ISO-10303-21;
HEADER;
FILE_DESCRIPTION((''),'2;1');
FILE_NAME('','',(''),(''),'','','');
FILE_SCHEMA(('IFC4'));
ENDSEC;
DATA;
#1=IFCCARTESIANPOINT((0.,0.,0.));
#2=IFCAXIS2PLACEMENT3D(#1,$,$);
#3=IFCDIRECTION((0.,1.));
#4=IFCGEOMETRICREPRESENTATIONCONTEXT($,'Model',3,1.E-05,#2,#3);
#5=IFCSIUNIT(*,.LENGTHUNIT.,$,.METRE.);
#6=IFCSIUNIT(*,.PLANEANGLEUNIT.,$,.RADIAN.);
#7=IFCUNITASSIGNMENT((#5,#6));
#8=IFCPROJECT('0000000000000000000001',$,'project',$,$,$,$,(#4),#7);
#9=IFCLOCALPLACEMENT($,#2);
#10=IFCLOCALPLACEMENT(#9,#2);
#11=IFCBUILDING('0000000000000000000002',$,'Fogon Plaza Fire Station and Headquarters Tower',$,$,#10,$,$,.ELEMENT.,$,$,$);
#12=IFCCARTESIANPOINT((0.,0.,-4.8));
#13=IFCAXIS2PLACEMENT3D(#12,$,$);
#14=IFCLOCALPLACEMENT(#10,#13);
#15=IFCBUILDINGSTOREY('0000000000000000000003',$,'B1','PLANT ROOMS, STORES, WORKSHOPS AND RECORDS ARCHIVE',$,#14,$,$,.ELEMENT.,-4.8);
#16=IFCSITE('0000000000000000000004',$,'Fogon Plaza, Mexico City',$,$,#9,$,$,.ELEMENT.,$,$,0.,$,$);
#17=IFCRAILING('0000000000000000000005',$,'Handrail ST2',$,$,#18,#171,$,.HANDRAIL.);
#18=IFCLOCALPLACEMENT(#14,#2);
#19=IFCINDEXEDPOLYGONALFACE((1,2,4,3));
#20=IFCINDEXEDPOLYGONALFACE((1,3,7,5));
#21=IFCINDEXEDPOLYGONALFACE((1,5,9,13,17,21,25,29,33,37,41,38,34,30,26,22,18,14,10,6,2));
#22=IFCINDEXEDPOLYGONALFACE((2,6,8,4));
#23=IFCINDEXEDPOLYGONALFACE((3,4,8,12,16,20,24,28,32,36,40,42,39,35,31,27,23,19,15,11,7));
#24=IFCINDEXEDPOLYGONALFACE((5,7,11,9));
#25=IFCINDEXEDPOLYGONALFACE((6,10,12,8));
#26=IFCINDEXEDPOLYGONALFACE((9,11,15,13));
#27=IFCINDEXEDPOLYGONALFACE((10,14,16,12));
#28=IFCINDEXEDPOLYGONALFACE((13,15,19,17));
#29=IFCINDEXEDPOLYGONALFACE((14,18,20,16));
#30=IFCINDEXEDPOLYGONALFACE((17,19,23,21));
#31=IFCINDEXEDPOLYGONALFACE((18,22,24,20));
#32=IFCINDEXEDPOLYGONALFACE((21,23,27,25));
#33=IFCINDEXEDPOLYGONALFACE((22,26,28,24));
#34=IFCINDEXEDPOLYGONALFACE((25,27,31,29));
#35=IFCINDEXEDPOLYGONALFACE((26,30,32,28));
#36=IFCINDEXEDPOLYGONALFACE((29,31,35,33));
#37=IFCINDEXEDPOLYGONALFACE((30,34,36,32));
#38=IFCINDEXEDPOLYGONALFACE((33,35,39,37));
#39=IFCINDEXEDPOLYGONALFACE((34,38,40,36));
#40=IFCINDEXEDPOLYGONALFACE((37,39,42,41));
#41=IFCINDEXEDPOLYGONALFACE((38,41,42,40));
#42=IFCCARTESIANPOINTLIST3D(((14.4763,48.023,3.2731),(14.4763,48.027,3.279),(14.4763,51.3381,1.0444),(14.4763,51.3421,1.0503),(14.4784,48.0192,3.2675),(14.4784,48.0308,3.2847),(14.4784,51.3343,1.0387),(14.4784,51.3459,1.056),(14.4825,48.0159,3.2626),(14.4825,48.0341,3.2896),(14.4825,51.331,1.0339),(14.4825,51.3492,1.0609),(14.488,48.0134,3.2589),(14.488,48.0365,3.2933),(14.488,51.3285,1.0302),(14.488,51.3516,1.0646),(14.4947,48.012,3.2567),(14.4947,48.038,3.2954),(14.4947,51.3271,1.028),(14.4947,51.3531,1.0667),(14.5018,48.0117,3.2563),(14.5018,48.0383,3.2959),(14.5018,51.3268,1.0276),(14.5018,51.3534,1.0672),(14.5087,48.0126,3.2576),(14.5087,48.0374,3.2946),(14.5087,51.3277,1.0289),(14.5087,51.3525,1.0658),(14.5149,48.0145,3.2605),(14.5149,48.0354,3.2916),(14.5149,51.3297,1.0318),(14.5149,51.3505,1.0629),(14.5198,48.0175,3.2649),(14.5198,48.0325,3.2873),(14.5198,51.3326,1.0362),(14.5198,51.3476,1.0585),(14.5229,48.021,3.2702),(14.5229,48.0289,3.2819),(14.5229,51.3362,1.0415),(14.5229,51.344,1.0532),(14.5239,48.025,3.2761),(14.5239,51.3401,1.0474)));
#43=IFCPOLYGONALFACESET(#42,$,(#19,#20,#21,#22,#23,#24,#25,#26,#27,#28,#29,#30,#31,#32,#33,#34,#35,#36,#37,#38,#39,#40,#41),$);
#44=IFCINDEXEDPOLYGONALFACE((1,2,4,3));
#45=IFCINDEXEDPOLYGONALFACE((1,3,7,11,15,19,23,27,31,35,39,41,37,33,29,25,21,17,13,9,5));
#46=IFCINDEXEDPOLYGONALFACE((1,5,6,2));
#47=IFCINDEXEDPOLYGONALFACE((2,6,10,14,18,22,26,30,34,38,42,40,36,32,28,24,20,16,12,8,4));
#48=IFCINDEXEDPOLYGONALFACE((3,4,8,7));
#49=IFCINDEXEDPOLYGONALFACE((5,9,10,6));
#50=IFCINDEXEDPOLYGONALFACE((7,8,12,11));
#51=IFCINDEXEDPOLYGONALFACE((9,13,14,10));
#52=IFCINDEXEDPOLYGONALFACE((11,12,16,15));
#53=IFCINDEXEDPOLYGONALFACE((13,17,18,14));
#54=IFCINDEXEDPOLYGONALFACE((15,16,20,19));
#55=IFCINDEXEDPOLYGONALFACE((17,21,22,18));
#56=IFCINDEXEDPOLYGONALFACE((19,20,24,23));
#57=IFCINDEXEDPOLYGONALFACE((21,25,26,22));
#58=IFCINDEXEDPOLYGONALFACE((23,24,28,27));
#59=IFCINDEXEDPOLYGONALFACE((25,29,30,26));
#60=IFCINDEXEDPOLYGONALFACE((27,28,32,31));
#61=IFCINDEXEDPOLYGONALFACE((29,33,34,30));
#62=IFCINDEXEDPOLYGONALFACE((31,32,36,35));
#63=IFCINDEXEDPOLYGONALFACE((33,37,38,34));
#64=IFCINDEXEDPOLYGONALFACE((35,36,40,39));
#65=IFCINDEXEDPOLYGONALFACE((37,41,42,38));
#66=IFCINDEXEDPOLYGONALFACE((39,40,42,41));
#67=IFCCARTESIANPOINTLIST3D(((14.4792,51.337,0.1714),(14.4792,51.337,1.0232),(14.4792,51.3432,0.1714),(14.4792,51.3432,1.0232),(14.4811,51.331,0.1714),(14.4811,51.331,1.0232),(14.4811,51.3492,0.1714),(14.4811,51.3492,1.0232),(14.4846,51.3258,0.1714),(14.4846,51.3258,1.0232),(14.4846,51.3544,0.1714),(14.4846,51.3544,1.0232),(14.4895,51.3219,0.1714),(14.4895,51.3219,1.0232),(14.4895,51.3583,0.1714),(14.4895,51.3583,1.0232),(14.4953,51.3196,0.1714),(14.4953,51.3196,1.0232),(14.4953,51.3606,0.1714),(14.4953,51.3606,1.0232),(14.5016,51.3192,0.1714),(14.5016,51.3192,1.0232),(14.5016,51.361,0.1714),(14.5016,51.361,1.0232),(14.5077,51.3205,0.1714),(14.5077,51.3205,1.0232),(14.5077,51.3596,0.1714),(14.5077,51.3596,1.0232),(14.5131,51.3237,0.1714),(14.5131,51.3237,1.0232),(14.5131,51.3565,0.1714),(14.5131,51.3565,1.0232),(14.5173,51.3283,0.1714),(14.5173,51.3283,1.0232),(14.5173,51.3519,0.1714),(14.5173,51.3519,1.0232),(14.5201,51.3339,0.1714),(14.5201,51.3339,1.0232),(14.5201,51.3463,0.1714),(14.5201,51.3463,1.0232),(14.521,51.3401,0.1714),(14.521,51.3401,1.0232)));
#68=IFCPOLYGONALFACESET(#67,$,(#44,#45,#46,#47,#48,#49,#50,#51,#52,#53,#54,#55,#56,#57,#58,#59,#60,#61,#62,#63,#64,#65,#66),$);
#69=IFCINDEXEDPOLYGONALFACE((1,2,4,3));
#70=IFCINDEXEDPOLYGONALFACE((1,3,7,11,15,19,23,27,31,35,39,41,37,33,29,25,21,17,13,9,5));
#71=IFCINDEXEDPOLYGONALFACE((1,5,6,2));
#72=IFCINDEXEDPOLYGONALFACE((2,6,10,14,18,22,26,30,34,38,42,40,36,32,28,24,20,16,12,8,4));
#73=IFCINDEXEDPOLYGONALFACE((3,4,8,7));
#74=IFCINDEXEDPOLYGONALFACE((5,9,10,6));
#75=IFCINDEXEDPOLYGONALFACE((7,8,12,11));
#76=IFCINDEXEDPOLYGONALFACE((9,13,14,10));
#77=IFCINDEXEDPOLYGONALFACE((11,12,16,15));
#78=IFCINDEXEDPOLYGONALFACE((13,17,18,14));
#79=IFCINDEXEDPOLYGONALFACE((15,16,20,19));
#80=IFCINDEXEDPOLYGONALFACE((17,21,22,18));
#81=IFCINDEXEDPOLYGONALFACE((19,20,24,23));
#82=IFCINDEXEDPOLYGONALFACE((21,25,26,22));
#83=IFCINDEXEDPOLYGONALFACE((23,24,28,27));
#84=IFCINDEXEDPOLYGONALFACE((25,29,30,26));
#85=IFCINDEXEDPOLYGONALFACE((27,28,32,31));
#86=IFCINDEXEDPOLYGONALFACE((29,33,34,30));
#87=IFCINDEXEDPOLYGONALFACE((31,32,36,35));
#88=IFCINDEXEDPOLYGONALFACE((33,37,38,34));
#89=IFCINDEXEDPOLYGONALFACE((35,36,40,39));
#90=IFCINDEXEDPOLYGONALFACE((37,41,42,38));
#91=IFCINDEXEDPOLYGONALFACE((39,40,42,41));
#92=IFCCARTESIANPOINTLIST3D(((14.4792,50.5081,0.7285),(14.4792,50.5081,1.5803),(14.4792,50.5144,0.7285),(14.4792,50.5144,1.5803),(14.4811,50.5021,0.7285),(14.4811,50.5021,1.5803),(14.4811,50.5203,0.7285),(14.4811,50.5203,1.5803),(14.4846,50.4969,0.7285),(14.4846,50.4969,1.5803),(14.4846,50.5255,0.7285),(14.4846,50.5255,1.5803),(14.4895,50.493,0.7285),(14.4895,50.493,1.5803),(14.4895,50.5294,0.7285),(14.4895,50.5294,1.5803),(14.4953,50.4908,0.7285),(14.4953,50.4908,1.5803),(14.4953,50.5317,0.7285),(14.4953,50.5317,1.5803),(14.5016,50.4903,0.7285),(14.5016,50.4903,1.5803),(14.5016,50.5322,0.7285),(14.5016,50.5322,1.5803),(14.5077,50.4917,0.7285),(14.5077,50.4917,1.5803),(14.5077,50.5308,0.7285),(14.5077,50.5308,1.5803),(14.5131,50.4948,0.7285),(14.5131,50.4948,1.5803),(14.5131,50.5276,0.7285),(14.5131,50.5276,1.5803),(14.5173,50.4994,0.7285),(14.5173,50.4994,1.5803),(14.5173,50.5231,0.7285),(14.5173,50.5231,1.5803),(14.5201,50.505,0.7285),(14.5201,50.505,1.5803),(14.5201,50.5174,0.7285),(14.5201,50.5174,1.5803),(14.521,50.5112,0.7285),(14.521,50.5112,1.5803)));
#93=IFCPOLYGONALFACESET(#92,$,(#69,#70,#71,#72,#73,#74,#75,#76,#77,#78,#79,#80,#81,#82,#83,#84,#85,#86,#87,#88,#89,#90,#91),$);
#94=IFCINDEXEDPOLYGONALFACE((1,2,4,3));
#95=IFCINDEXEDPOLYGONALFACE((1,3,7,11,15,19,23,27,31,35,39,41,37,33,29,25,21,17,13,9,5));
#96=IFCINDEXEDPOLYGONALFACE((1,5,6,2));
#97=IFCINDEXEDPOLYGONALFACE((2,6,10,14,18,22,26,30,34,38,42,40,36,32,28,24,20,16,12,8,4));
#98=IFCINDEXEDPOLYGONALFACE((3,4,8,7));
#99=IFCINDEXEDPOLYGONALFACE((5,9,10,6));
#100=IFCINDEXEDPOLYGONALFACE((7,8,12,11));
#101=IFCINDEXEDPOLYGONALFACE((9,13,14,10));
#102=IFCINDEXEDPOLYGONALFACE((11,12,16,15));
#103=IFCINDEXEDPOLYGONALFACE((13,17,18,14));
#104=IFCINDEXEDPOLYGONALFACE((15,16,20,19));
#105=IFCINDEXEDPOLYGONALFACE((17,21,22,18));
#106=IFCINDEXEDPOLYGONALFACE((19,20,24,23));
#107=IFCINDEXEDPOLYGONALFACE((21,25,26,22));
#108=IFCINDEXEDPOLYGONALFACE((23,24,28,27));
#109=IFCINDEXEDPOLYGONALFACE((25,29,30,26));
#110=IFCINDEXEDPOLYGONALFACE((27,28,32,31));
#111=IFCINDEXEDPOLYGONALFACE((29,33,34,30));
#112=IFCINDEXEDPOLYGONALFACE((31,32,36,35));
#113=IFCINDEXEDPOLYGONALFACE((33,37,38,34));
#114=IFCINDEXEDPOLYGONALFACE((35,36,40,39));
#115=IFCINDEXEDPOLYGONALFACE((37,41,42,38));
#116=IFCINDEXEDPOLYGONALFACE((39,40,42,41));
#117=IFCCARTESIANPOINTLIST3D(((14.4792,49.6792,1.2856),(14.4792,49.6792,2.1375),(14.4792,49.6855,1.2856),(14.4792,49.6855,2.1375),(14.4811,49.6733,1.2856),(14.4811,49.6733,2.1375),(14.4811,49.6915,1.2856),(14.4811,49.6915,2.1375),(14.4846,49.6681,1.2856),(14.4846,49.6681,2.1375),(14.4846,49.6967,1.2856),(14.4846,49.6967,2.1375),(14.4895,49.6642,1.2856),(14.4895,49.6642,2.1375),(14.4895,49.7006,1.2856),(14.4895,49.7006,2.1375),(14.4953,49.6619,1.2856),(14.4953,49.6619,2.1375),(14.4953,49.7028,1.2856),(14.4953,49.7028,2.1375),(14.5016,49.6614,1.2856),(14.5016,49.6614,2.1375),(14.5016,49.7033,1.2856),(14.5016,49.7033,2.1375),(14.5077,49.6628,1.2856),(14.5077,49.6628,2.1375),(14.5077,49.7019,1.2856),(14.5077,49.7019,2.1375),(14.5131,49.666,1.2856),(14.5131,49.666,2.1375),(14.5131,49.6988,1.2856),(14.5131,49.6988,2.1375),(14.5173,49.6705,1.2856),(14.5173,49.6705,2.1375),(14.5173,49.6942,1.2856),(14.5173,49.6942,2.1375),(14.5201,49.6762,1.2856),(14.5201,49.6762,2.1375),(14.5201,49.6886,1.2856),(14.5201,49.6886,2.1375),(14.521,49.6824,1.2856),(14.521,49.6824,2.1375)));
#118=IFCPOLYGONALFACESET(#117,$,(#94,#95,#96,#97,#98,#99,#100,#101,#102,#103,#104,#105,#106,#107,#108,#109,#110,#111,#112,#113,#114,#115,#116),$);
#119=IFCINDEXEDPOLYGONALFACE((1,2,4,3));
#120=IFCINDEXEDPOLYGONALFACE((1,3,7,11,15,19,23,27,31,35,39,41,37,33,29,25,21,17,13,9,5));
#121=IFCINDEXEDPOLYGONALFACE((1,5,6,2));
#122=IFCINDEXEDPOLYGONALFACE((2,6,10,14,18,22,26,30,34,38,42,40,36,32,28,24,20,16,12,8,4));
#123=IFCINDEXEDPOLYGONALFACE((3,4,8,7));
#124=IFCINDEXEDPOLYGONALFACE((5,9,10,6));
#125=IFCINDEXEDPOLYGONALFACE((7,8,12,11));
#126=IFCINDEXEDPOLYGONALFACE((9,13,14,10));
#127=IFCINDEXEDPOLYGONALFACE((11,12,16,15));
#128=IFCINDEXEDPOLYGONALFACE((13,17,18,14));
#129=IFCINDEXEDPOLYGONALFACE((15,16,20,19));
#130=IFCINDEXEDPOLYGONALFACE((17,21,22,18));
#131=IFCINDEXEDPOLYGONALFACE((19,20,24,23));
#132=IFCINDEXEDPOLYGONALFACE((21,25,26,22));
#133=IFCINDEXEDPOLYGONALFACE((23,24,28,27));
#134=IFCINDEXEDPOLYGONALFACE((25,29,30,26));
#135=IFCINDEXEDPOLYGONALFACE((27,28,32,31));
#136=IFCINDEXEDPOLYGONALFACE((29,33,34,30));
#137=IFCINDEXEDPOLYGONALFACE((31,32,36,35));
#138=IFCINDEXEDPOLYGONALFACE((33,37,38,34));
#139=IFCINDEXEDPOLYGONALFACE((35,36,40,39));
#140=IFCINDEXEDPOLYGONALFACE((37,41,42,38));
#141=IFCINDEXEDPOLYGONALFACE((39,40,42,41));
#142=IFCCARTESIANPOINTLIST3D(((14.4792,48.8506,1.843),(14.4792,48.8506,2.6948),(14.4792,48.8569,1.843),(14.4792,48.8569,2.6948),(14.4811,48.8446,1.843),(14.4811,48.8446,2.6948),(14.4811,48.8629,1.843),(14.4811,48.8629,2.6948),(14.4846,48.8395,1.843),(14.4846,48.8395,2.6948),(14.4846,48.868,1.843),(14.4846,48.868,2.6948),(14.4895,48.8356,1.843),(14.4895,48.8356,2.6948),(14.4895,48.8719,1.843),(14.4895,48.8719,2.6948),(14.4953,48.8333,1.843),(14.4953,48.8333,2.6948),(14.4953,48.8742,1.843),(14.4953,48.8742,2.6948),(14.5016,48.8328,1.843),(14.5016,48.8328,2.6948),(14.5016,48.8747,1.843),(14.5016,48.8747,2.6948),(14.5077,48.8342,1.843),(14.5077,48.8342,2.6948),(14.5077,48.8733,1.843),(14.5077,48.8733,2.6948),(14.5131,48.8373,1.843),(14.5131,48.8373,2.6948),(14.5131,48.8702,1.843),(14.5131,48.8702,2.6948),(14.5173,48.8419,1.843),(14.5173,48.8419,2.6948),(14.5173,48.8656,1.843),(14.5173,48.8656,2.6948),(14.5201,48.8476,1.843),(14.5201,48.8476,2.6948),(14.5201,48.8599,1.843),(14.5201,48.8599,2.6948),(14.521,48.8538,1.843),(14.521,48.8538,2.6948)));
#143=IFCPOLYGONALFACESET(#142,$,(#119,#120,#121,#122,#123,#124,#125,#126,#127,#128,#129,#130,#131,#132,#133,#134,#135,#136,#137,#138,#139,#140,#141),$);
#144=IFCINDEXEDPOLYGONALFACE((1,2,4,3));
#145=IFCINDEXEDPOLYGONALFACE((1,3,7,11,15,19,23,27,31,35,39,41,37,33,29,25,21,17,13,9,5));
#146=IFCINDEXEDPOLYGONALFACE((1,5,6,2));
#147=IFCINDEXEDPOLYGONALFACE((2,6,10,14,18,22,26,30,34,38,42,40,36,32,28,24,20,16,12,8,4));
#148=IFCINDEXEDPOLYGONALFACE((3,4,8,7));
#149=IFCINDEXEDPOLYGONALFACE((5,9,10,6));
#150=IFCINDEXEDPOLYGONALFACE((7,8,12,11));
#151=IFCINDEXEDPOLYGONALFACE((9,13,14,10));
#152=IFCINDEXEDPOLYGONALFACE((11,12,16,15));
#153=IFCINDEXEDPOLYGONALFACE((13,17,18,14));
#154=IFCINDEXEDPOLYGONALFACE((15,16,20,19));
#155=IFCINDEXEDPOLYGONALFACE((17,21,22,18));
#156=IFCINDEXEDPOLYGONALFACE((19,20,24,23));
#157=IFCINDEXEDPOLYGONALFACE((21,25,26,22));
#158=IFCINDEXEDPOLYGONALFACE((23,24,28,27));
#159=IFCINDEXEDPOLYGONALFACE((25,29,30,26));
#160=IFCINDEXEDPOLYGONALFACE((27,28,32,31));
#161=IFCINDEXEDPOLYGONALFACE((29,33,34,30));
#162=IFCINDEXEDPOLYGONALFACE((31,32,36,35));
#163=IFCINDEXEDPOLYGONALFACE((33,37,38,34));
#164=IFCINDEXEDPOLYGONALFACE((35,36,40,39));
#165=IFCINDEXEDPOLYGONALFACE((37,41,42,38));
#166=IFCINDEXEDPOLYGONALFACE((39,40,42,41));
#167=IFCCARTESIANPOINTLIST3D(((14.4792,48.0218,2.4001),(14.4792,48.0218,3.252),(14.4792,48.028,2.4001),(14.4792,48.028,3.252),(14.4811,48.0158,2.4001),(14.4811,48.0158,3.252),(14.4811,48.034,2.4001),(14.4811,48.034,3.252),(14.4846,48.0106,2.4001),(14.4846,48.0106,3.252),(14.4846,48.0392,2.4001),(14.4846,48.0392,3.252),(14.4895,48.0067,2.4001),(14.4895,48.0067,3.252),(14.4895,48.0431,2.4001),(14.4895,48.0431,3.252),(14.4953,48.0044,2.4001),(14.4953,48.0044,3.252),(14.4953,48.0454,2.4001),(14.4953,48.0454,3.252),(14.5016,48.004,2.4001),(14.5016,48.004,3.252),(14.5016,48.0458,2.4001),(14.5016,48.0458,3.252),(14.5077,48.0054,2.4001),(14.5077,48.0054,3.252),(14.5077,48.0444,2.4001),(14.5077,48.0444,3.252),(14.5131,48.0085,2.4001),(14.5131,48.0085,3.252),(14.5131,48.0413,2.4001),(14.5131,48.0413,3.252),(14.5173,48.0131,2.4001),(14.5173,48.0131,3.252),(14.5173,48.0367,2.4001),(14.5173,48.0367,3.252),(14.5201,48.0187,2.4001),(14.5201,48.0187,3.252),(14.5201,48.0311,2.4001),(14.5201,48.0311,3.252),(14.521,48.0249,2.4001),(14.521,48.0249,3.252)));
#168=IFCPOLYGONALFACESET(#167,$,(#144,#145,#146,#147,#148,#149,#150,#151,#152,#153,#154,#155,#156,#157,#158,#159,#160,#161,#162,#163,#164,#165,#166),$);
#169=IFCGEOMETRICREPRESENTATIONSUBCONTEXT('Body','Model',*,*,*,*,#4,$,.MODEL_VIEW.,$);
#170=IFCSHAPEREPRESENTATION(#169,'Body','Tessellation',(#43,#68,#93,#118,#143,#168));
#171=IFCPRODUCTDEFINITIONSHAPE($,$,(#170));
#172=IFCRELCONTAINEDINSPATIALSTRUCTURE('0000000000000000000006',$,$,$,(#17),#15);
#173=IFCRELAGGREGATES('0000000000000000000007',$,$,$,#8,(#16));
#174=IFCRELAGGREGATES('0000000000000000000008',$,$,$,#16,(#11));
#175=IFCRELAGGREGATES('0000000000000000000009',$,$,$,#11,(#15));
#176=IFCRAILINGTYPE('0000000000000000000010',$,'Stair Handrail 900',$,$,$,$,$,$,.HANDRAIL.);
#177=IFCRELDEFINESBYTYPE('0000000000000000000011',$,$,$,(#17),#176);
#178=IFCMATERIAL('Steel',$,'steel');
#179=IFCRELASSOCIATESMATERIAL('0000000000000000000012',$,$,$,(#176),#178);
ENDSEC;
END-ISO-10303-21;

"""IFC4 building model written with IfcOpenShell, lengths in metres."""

from ifc_helpers import new_model, si_unit, direction, frame, origin, origin_2d, place, context, subcontext, project, spatial, circle, extrude, material, type_object, element, save


model = new_model("IFC4")

# Units and contexts
model_context = context("Model", 3, precision=1e-05, world=origin(), true_north=direction((0.0, 1.0)))
body_context = subcontext(model_context, "Body", "Model", "MODEL_VIEW")
ifc_project = project(units=[si_unit("LENGTHUNIT", "METRE"), si_unit("PLANEANGLEUNIT", "RADIAN")], contexts=[model_context])

# Site, building, storey
site_placement = place(None, origin())
site = spatial("IfcSite", under=ifc_project, at=site_placement, Name="Fogon Plaza, Mexico City", CompositionType="ELEMENT", RefElevation=0.0)
building_placement = place(site_placement, origin())
building = spatial("IfcBuilding", under=site, at=building_placement, Name="Fogon Plaza Fire Station and Headquarters Tower", CompositionType="ELEMENT")
storey_placement = place(building_placement, frame((0.0, 0.0, -4.8)))
storey = spatial("IfcBuildingStorey", under=building, at=storey_placement, Name="B1", Description="PLANT ROOMS, STORES, WORKSHOPS AND RECORDS ARCHIVE", CompositionType="ELEMENT", Elevation=-4.8)

# Railing
ifc_material_1 = material(Name="Steel", Category="steel")
railing_type_1 = type_object("IfcRailingType", Name="Stair Handrail 900", PredefinedType="HANDRAIL", material=ifc_material_1)
for number, where, name in (
    (1, (14.5, 51.3401, 0.1714), "Handrail ST2"),
):
    element("IfcRailing", number, at=place(storey_placement, frame(where)), inside=storey, type_object=railing_type_1, Name=name, PredefinedType="HANDRAIL", context=body_context, shape_type="SweptSolid", body=[
        extrude(circle(Radius=0.0239, at=origin_2d()), frame((0.0, 0.0, 0.876), z_axis=(0.0, -0.829891, 0.557926), x_axis=(1.0, 0.0, 0.0)), (0.0, 0.0, 1.0), 3.9946),
        extrude(circle(Radius=0.021, at=origin_2d()), origin(), (0.0, 0.0, 1.0), 0.8518),
        extrude(circle(Radius=0.021, at=origin_2d()), frame((0.0, -0.8289, 0.5571)), (0.0, 0.0, 1.0), 0.8518),
        extrude(circle(Radius=0.021, at=origin_2d()), frame((0.0, -1.6577, 1.1143)), (0.0, 0.0, 1.0), 0.8518),
        extrude(circle(Radius=0.021, at=origin_2d()), frame((0.0, -2.4863, 1.6716)), (0.0, 0.0, 1.0), 0.8518),
        extrude(circle(Radius=0.021, at=origin_2d()), frame((0.0, -3.3152, 2.2288)), (0.0, 0.0, 1.0), 0.8518),
    ])

save(model, "model.ifc")
